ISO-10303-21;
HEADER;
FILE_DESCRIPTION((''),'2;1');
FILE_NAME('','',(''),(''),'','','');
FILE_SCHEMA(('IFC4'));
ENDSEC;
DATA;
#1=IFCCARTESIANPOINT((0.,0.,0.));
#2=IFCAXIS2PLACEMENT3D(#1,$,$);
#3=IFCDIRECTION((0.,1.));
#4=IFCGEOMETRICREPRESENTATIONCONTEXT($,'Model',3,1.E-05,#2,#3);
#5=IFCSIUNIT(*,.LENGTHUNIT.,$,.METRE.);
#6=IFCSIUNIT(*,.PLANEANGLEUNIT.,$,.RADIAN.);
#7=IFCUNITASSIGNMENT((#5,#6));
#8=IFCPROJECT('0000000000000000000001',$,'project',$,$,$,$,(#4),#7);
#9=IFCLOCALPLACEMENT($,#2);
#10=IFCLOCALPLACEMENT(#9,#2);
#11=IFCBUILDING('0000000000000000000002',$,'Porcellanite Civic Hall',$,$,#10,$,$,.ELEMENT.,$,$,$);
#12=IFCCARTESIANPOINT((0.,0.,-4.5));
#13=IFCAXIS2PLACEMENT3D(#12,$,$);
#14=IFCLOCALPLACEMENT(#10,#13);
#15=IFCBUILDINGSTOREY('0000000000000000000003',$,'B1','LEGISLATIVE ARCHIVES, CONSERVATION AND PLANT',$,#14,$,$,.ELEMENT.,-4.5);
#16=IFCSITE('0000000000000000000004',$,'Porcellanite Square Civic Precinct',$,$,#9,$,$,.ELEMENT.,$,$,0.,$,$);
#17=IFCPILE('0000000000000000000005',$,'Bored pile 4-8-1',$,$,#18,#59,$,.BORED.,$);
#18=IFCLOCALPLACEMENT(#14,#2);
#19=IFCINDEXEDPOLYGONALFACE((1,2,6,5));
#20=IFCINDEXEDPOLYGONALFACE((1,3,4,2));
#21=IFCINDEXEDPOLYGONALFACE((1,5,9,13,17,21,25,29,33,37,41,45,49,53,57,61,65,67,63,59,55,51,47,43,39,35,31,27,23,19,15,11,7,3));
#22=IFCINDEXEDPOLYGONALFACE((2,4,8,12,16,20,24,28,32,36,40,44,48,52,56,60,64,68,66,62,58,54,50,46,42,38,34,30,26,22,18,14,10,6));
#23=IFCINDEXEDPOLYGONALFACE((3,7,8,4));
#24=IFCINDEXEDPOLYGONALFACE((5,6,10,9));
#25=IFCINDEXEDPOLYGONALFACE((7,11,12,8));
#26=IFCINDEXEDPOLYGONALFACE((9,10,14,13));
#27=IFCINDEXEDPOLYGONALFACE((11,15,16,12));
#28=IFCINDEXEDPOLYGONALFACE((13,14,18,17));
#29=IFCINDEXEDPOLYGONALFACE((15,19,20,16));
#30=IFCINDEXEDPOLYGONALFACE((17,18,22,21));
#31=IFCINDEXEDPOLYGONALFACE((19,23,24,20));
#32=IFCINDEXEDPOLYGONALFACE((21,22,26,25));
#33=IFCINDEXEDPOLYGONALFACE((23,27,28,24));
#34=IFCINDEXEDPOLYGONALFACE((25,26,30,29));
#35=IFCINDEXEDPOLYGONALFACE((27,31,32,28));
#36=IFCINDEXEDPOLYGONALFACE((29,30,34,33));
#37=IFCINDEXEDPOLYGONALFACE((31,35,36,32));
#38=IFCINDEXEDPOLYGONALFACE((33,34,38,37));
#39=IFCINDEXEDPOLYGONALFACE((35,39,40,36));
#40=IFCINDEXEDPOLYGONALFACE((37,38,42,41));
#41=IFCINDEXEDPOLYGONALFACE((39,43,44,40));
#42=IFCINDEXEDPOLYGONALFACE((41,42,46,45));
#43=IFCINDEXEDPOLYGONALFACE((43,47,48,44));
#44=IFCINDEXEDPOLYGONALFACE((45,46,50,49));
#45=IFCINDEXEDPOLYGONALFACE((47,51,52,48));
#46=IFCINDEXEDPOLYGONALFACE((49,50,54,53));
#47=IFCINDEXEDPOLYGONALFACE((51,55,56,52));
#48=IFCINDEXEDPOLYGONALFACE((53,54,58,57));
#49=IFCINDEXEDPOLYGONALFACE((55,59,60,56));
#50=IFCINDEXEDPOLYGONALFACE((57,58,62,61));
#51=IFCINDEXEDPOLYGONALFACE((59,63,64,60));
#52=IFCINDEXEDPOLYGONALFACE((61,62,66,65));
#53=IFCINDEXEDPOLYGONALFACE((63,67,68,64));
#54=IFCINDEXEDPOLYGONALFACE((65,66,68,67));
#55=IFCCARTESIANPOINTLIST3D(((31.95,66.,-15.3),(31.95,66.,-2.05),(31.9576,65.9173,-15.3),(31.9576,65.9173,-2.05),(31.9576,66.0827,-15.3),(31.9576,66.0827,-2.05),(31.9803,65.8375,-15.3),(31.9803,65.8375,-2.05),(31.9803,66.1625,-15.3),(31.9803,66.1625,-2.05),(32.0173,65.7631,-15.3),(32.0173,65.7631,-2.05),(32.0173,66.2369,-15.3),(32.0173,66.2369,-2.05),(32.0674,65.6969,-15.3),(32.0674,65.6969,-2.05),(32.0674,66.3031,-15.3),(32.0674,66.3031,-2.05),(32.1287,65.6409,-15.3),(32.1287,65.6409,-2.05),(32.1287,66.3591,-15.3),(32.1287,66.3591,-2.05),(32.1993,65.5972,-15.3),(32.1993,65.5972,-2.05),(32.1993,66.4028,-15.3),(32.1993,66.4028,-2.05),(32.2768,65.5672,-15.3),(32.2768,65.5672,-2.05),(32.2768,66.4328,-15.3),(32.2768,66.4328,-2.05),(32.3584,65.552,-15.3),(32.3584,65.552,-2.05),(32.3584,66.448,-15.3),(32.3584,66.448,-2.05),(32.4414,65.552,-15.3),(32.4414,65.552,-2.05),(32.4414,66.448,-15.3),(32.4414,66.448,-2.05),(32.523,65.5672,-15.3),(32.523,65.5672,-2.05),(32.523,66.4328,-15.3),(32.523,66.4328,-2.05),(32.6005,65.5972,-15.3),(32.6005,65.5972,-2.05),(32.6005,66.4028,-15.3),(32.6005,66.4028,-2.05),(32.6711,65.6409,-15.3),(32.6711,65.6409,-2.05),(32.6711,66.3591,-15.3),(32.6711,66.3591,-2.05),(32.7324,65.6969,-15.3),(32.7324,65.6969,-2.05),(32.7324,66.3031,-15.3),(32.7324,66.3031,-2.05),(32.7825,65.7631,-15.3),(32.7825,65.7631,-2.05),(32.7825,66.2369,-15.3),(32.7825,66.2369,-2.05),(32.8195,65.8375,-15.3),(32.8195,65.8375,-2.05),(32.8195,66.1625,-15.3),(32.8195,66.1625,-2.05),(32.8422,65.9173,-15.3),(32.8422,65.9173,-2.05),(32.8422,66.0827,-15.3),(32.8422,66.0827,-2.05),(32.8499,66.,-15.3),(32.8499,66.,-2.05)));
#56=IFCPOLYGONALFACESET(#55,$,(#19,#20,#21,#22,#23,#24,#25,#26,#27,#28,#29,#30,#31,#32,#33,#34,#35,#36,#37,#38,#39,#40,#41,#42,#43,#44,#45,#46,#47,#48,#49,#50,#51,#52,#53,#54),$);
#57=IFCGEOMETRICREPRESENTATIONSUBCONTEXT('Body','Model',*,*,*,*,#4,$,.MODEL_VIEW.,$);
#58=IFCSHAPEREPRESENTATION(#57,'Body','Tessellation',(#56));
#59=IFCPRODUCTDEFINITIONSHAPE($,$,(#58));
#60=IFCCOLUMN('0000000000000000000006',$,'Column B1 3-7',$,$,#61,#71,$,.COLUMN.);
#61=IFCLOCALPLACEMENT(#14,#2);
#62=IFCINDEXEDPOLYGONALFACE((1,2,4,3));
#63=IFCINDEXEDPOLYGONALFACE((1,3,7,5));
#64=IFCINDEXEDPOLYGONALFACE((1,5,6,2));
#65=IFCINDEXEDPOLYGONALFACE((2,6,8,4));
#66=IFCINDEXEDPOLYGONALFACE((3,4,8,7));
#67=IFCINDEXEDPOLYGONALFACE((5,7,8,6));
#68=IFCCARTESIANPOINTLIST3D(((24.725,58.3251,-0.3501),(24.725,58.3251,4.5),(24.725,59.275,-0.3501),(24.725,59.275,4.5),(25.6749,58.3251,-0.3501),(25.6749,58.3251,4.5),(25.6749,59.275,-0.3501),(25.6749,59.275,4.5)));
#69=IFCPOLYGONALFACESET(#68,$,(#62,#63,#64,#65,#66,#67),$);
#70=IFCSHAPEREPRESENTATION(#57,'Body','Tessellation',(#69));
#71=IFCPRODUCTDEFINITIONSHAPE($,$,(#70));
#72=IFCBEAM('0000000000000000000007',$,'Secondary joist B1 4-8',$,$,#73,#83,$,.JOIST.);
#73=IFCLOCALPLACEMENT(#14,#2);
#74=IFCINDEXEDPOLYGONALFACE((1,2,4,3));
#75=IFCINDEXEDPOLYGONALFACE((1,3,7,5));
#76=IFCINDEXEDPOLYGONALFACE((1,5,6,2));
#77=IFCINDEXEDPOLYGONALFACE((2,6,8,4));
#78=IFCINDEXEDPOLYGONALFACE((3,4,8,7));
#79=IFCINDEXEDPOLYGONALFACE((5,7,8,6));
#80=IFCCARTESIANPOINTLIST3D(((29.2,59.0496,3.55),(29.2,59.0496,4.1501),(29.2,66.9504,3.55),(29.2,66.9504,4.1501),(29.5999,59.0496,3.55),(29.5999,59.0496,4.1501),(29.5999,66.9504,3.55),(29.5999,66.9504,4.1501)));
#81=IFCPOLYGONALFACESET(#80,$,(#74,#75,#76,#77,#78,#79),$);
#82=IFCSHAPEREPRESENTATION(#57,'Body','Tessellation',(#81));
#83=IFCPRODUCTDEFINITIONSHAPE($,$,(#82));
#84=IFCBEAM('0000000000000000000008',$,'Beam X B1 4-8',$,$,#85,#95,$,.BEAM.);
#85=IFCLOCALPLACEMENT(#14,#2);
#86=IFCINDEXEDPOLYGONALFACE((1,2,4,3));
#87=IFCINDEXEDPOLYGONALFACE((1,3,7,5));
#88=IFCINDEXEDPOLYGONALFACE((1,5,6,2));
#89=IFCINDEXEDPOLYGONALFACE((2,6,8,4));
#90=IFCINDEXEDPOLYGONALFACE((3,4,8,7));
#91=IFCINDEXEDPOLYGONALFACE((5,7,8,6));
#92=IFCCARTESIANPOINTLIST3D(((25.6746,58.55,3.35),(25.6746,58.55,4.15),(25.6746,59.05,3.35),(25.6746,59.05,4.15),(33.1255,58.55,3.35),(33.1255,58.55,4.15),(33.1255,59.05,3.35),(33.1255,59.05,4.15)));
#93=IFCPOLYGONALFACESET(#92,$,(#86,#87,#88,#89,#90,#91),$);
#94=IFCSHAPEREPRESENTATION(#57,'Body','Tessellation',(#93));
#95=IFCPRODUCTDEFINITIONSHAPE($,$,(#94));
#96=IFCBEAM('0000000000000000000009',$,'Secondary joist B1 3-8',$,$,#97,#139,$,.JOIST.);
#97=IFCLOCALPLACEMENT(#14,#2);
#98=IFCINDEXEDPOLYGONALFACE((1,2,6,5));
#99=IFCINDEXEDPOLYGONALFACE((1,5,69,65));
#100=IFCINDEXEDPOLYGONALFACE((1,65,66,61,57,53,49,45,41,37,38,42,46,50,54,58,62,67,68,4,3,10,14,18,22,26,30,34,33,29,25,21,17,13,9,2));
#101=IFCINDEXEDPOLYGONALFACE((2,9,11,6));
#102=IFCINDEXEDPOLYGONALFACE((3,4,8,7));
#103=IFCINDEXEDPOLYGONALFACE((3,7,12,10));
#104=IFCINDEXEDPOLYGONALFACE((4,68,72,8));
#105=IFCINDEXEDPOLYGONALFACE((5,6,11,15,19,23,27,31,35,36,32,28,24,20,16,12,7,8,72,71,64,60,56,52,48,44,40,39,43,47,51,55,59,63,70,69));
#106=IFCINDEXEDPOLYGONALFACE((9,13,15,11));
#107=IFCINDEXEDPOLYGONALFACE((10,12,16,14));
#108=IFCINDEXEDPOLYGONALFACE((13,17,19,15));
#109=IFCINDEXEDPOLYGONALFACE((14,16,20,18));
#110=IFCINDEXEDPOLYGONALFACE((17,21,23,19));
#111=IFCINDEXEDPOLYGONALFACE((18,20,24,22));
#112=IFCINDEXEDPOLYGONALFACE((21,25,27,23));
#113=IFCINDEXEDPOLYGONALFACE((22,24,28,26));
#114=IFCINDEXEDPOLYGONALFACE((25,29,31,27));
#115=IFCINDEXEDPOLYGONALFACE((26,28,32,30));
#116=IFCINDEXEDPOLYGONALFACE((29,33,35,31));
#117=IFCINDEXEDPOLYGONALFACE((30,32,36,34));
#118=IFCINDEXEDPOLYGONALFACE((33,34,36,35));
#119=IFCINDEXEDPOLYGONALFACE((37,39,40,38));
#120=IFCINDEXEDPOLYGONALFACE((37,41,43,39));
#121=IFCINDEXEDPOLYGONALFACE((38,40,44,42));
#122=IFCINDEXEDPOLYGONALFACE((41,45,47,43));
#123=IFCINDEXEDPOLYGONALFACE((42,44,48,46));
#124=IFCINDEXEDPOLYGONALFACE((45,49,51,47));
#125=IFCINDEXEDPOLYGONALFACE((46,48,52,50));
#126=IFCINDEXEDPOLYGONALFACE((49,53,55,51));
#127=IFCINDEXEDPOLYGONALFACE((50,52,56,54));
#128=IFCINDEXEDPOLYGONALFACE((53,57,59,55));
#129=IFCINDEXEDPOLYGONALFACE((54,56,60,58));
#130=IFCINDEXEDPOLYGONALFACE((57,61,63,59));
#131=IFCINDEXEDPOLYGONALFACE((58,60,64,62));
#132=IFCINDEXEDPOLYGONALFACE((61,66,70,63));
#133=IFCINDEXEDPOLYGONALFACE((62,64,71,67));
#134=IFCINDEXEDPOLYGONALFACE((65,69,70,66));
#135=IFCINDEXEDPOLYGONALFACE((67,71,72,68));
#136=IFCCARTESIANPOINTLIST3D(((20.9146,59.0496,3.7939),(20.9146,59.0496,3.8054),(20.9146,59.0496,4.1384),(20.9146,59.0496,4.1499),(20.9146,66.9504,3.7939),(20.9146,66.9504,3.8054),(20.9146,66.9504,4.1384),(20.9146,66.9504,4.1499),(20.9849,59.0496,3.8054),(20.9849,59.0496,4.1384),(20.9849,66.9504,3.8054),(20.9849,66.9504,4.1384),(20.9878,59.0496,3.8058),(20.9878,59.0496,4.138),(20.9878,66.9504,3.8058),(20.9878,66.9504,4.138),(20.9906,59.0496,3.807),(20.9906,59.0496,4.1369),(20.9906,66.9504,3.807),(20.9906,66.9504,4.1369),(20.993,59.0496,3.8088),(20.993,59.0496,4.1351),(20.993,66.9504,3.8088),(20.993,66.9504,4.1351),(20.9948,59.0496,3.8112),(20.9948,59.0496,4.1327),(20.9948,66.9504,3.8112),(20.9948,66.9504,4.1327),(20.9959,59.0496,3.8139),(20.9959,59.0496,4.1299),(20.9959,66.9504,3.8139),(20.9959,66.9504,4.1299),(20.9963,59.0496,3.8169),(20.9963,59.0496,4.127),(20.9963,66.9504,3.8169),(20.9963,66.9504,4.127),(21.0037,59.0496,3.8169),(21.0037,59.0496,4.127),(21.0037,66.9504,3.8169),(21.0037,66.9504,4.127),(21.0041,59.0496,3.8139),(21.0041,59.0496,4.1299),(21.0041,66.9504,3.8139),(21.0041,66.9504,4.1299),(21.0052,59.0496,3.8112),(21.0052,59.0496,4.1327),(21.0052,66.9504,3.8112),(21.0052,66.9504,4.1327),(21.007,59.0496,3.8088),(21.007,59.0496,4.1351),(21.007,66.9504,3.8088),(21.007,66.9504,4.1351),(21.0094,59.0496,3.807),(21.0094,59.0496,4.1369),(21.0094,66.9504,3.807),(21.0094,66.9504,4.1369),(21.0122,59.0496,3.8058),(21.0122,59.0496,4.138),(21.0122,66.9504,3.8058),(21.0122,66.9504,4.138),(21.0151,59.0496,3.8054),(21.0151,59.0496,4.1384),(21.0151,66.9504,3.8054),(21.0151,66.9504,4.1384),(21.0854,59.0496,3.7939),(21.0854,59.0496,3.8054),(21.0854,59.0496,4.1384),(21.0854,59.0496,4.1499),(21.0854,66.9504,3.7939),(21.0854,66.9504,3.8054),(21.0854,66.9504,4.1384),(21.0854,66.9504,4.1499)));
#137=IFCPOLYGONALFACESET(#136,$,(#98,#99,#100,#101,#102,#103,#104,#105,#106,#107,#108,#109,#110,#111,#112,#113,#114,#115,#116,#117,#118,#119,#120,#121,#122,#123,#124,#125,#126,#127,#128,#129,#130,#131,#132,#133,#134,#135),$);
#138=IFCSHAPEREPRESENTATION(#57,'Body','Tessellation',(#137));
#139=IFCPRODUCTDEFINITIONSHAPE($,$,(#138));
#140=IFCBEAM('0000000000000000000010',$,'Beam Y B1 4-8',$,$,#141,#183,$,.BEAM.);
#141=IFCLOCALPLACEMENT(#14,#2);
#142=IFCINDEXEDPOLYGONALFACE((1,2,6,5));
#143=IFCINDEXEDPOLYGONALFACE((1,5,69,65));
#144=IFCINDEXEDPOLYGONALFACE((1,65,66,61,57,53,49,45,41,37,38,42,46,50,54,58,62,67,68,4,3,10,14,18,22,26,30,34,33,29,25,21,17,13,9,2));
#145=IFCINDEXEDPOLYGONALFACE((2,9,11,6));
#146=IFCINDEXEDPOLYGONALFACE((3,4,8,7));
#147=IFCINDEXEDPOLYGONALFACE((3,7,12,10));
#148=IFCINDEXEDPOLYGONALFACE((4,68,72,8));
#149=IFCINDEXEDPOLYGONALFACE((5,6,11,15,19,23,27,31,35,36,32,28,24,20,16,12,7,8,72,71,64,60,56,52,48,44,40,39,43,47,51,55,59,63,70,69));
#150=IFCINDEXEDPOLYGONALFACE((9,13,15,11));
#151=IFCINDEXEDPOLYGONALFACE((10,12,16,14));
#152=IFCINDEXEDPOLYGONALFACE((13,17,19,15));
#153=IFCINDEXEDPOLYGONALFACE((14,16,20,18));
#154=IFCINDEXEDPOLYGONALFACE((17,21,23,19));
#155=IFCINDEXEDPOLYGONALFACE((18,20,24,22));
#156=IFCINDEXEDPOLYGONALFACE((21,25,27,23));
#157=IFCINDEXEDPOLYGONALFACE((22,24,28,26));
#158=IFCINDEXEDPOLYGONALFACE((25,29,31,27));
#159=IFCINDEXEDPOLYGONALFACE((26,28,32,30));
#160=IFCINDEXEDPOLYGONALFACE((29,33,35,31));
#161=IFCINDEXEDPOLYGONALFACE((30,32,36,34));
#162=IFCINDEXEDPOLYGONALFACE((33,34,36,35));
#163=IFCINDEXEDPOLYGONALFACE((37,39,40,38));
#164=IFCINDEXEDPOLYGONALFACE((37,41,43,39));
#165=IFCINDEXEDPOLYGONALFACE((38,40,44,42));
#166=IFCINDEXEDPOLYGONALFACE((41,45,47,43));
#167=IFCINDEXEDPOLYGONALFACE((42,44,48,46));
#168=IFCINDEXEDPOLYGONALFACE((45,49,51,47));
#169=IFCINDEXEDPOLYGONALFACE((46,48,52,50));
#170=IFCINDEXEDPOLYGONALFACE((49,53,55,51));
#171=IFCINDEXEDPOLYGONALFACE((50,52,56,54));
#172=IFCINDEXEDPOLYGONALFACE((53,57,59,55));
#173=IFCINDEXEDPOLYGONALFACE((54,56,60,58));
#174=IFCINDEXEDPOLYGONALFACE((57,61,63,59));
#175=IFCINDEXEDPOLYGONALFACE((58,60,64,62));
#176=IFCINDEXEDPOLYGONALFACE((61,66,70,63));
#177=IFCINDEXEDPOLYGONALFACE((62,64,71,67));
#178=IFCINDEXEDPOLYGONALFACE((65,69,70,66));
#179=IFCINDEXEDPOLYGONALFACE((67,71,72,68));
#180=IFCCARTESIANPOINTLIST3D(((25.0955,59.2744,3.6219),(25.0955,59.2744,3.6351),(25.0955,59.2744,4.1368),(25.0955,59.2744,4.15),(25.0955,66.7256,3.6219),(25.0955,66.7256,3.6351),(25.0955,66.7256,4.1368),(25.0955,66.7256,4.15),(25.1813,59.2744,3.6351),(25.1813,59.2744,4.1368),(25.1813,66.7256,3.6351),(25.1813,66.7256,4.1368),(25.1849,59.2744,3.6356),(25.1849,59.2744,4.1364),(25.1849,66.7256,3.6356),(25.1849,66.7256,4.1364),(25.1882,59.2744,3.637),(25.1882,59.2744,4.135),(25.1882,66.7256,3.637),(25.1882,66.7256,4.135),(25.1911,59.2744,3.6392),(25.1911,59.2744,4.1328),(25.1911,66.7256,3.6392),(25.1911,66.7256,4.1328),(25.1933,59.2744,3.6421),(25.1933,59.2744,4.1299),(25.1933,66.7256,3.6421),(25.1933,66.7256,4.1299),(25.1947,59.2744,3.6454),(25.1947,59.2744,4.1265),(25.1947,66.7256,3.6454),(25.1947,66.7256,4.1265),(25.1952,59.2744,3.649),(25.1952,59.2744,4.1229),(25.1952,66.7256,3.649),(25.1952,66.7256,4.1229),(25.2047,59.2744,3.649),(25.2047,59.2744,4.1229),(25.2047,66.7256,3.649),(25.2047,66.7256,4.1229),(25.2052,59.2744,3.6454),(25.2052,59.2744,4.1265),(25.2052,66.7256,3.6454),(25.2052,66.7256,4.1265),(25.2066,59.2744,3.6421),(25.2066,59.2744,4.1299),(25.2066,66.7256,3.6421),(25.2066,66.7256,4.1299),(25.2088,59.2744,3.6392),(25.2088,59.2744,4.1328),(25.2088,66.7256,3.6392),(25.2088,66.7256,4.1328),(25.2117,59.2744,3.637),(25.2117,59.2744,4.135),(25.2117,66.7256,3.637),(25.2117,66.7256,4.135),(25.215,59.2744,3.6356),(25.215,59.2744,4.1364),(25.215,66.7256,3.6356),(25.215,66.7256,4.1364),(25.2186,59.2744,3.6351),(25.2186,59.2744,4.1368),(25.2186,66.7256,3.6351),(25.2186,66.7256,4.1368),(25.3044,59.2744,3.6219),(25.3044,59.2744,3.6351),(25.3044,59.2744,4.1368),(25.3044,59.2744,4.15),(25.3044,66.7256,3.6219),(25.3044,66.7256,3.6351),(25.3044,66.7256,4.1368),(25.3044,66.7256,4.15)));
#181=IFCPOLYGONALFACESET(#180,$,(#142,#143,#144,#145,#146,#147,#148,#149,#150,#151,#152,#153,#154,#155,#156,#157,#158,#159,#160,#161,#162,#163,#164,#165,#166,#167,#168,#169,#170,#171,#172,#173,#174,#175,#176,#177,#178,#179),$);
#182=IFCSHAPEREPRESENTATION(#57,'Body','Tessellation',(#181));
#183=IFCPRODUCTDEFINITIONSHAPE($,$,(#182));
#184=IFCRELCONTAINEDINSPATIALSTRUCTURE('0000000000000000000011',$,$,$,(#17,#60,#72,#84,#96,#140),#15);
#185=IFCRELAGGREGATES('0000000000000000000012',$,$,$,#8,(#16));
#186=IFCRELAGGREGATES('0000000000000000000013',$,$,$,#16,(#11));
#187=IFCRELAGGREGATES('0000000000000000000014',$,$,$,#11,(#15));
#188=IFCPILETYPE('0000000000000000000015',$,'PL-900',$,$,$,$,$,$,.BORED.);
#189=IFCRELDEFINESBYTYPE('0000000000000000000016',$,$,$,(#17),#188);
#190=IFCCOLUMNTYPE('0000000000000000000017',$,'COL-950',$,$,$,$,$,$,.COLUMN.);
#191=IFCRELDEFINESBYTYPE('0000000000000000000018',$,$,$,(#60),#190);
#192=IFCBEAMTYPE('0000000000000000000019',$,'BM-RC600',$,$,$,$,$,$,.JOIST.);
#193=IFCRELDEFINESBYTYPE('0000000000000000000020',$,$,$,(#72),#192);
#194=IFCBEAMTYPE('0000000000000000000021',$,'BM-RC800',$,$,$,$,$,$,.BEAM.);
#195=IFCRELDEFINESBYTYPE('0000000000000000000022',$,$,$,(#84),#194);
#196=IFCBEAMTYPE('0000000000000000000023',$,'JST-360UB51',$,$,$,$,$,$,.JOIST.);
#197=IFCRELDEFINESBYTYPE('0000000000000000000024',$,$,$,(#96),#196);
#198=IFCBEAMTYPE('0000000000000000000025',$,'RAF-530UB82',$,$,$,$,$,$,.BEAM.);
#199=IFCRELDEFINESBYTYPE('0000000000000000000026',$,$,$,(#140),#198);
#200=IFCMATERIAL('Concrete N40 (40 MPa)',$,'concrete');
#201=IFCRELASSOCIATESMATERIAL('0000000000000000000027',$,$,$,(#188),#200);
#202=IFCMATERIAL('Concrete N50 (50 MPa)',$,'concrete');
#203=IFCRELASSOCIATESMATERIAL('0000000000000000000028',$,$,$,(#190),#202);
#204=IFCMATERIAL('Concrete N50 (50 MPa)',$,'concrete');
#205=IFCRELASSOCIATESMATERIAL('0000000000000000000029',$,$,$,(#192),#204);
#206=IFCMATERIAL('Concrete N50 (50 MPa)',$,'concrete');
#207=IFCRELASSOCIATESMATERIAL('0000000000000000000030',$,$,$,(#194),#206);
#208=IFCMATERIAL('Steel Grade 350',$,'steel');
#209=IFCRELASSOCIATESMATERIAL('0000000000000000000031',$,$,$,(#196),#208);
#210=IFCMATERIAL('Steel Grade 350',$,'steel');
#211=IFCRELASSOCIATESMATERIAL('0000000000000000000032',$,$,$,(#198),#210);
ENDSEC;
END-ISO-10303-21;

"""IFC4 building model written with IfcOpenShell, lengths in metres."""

from ifc_helpers import new_model, si_unit, direction, frame, origin, origin_2d, place, context, subcontext, project, spatial, rectangle, circle, i_section, extrude, material, material_profile, profile_set, type_object, element, save


model = new_model("IFC4")

# Units and contexts
model_context = context("Model", 3, precision=1e-05, world=origin(), true_north=direction((0.0, 1.0)))
body_context = subcontext(model_context, "Body", "Model", "MODEL_VIEW")
ifc_project = project(units=[si_unit("LENGTHUNIT", "METRE"), si_unit("PLANEANGLEUNIT", "RADIAN")], contexts=[model_context])

# Site, building, storey
site_placement = place(None, origin())
site = spatial("IfcSite", under=ifc_project, at=site_placement, Name="Porcellanite Square Civic Precinct", CompositionType="ELEMENT", RefElevation=0.0)
building_placement = place(site_placement, origin())
building = spatial("IfcBuilding", under=site, at=building_placement, Name="Porcellanite Civic Hall", CompositionType="ELEMENT")
storey_placement = place(building_placement, frame((0.0, 0.0, -4.5)))
storey = spatial("IfcBuildingStorey", under=building, at=storey_placement, Name="B1", Description="LEGISLATIVE ARCHIVES, CONSERVATION AND PLANT", CompositionType="ELEMENT", Elevation=-4.5)

# Pile
ifc_material_1 = material(Name="Concrete N40 (40 MPa)", Category="concrete")
ifc_material_profile_1 = material_profile(ifc_material_1, circle(Radius=0.45, at=origin_2d()), Name="PILE-D900")
ifc_profile_set_1 = profile_set([ifc_material_profile_1], Name="Concrete N40 (40 MPa)")
pile_type = type_object("IfcPileType", Name="PL-900", PredefinedType="BORED", material=ifc_profile_set_1)
for number, where, z_axis, x_axis, name in (
    (1, (32.3999, 66.0, -2.05), (0.0, 0.0, -1.0), (1.0, 0.0, 0.0), "Bored pile 4-8-1"),
):
    element("IfcPile", number, at=place(storey_placement, frame(where, z_axis=z_axis, x_axis=x_axis)), inside=storey, type_object=pile_type, Name=name, PredefinedType="BORED", context=body_context, shape_type="SweptSolid", body=[
        extrude(circle(Radius=0.45, at=origin_2d()), origin(), (0.0, 0.0, 1.0), 13.25),
    ])

# Column
ifc_material_2 = material(Name="Concrete N50 (50 MPa)", Category="concrete")
ifc_material_profile_2 = material_profile(ifc_material_2, rectangle(XDim=0.95, YDim=0.95, at=origin_2d()), Name="RC-950x950")
ifc_profile_set_2 = profile_set([ifc_material_profile_2], Name="Concrete N50 (50 MPa)")
column_type = type_object("IfcColumnType", Name="COL-950", PredefinedType="COLUMN", material=ifc_profile_set_2)
column_placement = place(storey_placement, frame((25.2, 58.8, -0.3501), z_axis=(0.0, 0.0, 1.0), x_axis=(1.0, 0.0, 0.0)))
element("IfcColumn", 2, at=column_placement, inside=storey, type_object=column_type, Name="Column B1 3-7", PredefinedType="COLUMN", context=body_context, shape_type="SweptSolid", body=[
    extrude(rectangle(XDim=0.95, YDim=0.95, at=origin_2d()), origin(), (0.0, 0.0, 1.0), 4.8501),
])

# Beams
ifc_material_3 = material(Name="Concrete N50 (50 MPa)", Category="concrete")
ifc_material_profile_3 = material_profile(ifc_material_3, rectangle(XDim=0.3999, YDim=0.6001, at=origin_2d()), Name="RC-400x600")
ifc_profile_set_3 = profile_set([ifc_material_profile_3], Name="Concrete N50 (50 MPa)")
beam_type_1 = type_object("IfcBeamType", Name="BM-RC600", PredefinedType="JOIST", material=ifc_profile_set_3)
beam_1_placement = place(storey_placement, frame((29.3999, 59.0496, 3.8501), z_axis=(0.0, 1.0, 0.0), x_axis=(-1.0, 0.0, 0.0)))
element("IfcBeam", 3, at=beam_1_placement, inside=storey, type_object=beam_type_1, Name="Secondary joist B1 4-8", PredefinedType="JOIST", context=body_context, shape_type="SweptSolid", body=[
    extrude(rectangle(XDim=0.3999, YDim=0.6001, at=origin_2d()), origin(), (0.0, 0.0, 1.0), 7.9009),
])
ifc_material_4 = material(Name="Concrete N50 (50 MPa)", Category="concrete")
ifc_material_profile_4 = material_profile(ifc_material_4, rectangle(XDim=0.5, YDim=0.8, at=origin_2d()), Name="RC-500x800")
ifc_profile_set_4 = profile_set([ifc_material_profile_4], Name="Concrete N50 (50 MPa)")
beam_type_2 = type_object("IfcBeamType", Name="BM-RC800", PredefinedType="BEAM", material=ifc_profile_set_4)
beam_2_placement = place(storey_placement, frame((25.6746, 58.8, 3.75), z_axis=(1.0, 0.0, 0.0), x_axis=(0.0, 1.0, 0.0)))
element("IfcBeam", 4, at=beam_2_placement, inside=storey, type_object=beam_type_2, Name="Beam X B1 4-8", PredefinedType="BEAM", context=body_context, shape_type="SweptSolid", body=[
    extrude(rectangle(XDim=0.5, YDim=0.8, at=origin_2d()), origin(), (0.0, 0.0, 1.0), 7.4509),
])
ifc_material_5 = material(Name="Steel Grade 350", Category="steel")
ifc_material_profile_5 = material_profile(ifc_material_5, i_section(OverallWidth=0.1709, OverallDepth=0.356, WebThickness=0.0073, FlangeThickness=0.0115, FilletRadius=0.0115, at=origin_2d()), Name="360UB50.7")
ifc_profile_set_5 = profile_set([ifc_material_profile_5], Name="Steel Grade 350")
beam_type_3 = type_object("IfcBeamType", Name="JST-360UB51", PredefinedType="JOIST", material=ifc_profile_set_5)
beam_3_placement = place(storey_placement, frame((21.0, 59.0496, 3.9719), z_axis=(0.0, 1.0, 0.0), x_axis=(-1.0, 0.0, 0.0)))
element("IfcBeam", 5, at=beam_3_placement, inside=storey, type_object=beam_type_3, Name="Secondary joist B1 3-8", PredefinedType="JOIST", context=body_context, shape_type="SweptSolid", body=[
    extrude(i_section(OverallWidth=0.1709, OverallDepth=0.356, WebThickness=0.0073, FlangeThickness=0.0115, FilletRadius=0.0115, at=origin_2d()), origin(), (0.0, 0.0, 1.0), 7.9009),
])
ifc_material_6 = material(Name="Steel Grade 350", Category="steel")
ifc_material_profile_6 = material_profile(ifc_material_6, i_section(OverallWidth=0.209, OverallDepth=0.5281, WebThickness=0.0095, FlangeThickness=0.0132, FilletRadius=0.0139, at=origin_2d()), Name="530UB82.0")
ifc_profile_set_6 = profile_set([ifc_material_profile_6], Name="Steel Grade 350")
beam_type_4 = type_object("IfcBeamType", Name="RAF-530UB82", PredefinedType="BEAM", material=ifc_profile_set_6)
beam_4_placement = place(storey_placement, frame((25.2, 59.2744, 3.886), z_axis=(0.0, 1.0, 0.0), x_axis=(-1.0, 0.0, 0.0)))
element("IfcBeam", 6, at=beam_4_placement, inside=storey, type_object=beam_type_4, Name="Beam Y B1 4-8", PredefinedType="BEAM", context=body_context, shape_type="SweptSolid", body=[
    extrude(i_section(OverallWidth=0.209, OverallDepth=0.5281, WebThickness=0.0095, FlangeThickness=0.0132, FilletRadius=0.0139, at=origin_2d()), origin(), (0.0, 0.0, 1.0), 7.4512),
])

save(model, "model.ifc")
